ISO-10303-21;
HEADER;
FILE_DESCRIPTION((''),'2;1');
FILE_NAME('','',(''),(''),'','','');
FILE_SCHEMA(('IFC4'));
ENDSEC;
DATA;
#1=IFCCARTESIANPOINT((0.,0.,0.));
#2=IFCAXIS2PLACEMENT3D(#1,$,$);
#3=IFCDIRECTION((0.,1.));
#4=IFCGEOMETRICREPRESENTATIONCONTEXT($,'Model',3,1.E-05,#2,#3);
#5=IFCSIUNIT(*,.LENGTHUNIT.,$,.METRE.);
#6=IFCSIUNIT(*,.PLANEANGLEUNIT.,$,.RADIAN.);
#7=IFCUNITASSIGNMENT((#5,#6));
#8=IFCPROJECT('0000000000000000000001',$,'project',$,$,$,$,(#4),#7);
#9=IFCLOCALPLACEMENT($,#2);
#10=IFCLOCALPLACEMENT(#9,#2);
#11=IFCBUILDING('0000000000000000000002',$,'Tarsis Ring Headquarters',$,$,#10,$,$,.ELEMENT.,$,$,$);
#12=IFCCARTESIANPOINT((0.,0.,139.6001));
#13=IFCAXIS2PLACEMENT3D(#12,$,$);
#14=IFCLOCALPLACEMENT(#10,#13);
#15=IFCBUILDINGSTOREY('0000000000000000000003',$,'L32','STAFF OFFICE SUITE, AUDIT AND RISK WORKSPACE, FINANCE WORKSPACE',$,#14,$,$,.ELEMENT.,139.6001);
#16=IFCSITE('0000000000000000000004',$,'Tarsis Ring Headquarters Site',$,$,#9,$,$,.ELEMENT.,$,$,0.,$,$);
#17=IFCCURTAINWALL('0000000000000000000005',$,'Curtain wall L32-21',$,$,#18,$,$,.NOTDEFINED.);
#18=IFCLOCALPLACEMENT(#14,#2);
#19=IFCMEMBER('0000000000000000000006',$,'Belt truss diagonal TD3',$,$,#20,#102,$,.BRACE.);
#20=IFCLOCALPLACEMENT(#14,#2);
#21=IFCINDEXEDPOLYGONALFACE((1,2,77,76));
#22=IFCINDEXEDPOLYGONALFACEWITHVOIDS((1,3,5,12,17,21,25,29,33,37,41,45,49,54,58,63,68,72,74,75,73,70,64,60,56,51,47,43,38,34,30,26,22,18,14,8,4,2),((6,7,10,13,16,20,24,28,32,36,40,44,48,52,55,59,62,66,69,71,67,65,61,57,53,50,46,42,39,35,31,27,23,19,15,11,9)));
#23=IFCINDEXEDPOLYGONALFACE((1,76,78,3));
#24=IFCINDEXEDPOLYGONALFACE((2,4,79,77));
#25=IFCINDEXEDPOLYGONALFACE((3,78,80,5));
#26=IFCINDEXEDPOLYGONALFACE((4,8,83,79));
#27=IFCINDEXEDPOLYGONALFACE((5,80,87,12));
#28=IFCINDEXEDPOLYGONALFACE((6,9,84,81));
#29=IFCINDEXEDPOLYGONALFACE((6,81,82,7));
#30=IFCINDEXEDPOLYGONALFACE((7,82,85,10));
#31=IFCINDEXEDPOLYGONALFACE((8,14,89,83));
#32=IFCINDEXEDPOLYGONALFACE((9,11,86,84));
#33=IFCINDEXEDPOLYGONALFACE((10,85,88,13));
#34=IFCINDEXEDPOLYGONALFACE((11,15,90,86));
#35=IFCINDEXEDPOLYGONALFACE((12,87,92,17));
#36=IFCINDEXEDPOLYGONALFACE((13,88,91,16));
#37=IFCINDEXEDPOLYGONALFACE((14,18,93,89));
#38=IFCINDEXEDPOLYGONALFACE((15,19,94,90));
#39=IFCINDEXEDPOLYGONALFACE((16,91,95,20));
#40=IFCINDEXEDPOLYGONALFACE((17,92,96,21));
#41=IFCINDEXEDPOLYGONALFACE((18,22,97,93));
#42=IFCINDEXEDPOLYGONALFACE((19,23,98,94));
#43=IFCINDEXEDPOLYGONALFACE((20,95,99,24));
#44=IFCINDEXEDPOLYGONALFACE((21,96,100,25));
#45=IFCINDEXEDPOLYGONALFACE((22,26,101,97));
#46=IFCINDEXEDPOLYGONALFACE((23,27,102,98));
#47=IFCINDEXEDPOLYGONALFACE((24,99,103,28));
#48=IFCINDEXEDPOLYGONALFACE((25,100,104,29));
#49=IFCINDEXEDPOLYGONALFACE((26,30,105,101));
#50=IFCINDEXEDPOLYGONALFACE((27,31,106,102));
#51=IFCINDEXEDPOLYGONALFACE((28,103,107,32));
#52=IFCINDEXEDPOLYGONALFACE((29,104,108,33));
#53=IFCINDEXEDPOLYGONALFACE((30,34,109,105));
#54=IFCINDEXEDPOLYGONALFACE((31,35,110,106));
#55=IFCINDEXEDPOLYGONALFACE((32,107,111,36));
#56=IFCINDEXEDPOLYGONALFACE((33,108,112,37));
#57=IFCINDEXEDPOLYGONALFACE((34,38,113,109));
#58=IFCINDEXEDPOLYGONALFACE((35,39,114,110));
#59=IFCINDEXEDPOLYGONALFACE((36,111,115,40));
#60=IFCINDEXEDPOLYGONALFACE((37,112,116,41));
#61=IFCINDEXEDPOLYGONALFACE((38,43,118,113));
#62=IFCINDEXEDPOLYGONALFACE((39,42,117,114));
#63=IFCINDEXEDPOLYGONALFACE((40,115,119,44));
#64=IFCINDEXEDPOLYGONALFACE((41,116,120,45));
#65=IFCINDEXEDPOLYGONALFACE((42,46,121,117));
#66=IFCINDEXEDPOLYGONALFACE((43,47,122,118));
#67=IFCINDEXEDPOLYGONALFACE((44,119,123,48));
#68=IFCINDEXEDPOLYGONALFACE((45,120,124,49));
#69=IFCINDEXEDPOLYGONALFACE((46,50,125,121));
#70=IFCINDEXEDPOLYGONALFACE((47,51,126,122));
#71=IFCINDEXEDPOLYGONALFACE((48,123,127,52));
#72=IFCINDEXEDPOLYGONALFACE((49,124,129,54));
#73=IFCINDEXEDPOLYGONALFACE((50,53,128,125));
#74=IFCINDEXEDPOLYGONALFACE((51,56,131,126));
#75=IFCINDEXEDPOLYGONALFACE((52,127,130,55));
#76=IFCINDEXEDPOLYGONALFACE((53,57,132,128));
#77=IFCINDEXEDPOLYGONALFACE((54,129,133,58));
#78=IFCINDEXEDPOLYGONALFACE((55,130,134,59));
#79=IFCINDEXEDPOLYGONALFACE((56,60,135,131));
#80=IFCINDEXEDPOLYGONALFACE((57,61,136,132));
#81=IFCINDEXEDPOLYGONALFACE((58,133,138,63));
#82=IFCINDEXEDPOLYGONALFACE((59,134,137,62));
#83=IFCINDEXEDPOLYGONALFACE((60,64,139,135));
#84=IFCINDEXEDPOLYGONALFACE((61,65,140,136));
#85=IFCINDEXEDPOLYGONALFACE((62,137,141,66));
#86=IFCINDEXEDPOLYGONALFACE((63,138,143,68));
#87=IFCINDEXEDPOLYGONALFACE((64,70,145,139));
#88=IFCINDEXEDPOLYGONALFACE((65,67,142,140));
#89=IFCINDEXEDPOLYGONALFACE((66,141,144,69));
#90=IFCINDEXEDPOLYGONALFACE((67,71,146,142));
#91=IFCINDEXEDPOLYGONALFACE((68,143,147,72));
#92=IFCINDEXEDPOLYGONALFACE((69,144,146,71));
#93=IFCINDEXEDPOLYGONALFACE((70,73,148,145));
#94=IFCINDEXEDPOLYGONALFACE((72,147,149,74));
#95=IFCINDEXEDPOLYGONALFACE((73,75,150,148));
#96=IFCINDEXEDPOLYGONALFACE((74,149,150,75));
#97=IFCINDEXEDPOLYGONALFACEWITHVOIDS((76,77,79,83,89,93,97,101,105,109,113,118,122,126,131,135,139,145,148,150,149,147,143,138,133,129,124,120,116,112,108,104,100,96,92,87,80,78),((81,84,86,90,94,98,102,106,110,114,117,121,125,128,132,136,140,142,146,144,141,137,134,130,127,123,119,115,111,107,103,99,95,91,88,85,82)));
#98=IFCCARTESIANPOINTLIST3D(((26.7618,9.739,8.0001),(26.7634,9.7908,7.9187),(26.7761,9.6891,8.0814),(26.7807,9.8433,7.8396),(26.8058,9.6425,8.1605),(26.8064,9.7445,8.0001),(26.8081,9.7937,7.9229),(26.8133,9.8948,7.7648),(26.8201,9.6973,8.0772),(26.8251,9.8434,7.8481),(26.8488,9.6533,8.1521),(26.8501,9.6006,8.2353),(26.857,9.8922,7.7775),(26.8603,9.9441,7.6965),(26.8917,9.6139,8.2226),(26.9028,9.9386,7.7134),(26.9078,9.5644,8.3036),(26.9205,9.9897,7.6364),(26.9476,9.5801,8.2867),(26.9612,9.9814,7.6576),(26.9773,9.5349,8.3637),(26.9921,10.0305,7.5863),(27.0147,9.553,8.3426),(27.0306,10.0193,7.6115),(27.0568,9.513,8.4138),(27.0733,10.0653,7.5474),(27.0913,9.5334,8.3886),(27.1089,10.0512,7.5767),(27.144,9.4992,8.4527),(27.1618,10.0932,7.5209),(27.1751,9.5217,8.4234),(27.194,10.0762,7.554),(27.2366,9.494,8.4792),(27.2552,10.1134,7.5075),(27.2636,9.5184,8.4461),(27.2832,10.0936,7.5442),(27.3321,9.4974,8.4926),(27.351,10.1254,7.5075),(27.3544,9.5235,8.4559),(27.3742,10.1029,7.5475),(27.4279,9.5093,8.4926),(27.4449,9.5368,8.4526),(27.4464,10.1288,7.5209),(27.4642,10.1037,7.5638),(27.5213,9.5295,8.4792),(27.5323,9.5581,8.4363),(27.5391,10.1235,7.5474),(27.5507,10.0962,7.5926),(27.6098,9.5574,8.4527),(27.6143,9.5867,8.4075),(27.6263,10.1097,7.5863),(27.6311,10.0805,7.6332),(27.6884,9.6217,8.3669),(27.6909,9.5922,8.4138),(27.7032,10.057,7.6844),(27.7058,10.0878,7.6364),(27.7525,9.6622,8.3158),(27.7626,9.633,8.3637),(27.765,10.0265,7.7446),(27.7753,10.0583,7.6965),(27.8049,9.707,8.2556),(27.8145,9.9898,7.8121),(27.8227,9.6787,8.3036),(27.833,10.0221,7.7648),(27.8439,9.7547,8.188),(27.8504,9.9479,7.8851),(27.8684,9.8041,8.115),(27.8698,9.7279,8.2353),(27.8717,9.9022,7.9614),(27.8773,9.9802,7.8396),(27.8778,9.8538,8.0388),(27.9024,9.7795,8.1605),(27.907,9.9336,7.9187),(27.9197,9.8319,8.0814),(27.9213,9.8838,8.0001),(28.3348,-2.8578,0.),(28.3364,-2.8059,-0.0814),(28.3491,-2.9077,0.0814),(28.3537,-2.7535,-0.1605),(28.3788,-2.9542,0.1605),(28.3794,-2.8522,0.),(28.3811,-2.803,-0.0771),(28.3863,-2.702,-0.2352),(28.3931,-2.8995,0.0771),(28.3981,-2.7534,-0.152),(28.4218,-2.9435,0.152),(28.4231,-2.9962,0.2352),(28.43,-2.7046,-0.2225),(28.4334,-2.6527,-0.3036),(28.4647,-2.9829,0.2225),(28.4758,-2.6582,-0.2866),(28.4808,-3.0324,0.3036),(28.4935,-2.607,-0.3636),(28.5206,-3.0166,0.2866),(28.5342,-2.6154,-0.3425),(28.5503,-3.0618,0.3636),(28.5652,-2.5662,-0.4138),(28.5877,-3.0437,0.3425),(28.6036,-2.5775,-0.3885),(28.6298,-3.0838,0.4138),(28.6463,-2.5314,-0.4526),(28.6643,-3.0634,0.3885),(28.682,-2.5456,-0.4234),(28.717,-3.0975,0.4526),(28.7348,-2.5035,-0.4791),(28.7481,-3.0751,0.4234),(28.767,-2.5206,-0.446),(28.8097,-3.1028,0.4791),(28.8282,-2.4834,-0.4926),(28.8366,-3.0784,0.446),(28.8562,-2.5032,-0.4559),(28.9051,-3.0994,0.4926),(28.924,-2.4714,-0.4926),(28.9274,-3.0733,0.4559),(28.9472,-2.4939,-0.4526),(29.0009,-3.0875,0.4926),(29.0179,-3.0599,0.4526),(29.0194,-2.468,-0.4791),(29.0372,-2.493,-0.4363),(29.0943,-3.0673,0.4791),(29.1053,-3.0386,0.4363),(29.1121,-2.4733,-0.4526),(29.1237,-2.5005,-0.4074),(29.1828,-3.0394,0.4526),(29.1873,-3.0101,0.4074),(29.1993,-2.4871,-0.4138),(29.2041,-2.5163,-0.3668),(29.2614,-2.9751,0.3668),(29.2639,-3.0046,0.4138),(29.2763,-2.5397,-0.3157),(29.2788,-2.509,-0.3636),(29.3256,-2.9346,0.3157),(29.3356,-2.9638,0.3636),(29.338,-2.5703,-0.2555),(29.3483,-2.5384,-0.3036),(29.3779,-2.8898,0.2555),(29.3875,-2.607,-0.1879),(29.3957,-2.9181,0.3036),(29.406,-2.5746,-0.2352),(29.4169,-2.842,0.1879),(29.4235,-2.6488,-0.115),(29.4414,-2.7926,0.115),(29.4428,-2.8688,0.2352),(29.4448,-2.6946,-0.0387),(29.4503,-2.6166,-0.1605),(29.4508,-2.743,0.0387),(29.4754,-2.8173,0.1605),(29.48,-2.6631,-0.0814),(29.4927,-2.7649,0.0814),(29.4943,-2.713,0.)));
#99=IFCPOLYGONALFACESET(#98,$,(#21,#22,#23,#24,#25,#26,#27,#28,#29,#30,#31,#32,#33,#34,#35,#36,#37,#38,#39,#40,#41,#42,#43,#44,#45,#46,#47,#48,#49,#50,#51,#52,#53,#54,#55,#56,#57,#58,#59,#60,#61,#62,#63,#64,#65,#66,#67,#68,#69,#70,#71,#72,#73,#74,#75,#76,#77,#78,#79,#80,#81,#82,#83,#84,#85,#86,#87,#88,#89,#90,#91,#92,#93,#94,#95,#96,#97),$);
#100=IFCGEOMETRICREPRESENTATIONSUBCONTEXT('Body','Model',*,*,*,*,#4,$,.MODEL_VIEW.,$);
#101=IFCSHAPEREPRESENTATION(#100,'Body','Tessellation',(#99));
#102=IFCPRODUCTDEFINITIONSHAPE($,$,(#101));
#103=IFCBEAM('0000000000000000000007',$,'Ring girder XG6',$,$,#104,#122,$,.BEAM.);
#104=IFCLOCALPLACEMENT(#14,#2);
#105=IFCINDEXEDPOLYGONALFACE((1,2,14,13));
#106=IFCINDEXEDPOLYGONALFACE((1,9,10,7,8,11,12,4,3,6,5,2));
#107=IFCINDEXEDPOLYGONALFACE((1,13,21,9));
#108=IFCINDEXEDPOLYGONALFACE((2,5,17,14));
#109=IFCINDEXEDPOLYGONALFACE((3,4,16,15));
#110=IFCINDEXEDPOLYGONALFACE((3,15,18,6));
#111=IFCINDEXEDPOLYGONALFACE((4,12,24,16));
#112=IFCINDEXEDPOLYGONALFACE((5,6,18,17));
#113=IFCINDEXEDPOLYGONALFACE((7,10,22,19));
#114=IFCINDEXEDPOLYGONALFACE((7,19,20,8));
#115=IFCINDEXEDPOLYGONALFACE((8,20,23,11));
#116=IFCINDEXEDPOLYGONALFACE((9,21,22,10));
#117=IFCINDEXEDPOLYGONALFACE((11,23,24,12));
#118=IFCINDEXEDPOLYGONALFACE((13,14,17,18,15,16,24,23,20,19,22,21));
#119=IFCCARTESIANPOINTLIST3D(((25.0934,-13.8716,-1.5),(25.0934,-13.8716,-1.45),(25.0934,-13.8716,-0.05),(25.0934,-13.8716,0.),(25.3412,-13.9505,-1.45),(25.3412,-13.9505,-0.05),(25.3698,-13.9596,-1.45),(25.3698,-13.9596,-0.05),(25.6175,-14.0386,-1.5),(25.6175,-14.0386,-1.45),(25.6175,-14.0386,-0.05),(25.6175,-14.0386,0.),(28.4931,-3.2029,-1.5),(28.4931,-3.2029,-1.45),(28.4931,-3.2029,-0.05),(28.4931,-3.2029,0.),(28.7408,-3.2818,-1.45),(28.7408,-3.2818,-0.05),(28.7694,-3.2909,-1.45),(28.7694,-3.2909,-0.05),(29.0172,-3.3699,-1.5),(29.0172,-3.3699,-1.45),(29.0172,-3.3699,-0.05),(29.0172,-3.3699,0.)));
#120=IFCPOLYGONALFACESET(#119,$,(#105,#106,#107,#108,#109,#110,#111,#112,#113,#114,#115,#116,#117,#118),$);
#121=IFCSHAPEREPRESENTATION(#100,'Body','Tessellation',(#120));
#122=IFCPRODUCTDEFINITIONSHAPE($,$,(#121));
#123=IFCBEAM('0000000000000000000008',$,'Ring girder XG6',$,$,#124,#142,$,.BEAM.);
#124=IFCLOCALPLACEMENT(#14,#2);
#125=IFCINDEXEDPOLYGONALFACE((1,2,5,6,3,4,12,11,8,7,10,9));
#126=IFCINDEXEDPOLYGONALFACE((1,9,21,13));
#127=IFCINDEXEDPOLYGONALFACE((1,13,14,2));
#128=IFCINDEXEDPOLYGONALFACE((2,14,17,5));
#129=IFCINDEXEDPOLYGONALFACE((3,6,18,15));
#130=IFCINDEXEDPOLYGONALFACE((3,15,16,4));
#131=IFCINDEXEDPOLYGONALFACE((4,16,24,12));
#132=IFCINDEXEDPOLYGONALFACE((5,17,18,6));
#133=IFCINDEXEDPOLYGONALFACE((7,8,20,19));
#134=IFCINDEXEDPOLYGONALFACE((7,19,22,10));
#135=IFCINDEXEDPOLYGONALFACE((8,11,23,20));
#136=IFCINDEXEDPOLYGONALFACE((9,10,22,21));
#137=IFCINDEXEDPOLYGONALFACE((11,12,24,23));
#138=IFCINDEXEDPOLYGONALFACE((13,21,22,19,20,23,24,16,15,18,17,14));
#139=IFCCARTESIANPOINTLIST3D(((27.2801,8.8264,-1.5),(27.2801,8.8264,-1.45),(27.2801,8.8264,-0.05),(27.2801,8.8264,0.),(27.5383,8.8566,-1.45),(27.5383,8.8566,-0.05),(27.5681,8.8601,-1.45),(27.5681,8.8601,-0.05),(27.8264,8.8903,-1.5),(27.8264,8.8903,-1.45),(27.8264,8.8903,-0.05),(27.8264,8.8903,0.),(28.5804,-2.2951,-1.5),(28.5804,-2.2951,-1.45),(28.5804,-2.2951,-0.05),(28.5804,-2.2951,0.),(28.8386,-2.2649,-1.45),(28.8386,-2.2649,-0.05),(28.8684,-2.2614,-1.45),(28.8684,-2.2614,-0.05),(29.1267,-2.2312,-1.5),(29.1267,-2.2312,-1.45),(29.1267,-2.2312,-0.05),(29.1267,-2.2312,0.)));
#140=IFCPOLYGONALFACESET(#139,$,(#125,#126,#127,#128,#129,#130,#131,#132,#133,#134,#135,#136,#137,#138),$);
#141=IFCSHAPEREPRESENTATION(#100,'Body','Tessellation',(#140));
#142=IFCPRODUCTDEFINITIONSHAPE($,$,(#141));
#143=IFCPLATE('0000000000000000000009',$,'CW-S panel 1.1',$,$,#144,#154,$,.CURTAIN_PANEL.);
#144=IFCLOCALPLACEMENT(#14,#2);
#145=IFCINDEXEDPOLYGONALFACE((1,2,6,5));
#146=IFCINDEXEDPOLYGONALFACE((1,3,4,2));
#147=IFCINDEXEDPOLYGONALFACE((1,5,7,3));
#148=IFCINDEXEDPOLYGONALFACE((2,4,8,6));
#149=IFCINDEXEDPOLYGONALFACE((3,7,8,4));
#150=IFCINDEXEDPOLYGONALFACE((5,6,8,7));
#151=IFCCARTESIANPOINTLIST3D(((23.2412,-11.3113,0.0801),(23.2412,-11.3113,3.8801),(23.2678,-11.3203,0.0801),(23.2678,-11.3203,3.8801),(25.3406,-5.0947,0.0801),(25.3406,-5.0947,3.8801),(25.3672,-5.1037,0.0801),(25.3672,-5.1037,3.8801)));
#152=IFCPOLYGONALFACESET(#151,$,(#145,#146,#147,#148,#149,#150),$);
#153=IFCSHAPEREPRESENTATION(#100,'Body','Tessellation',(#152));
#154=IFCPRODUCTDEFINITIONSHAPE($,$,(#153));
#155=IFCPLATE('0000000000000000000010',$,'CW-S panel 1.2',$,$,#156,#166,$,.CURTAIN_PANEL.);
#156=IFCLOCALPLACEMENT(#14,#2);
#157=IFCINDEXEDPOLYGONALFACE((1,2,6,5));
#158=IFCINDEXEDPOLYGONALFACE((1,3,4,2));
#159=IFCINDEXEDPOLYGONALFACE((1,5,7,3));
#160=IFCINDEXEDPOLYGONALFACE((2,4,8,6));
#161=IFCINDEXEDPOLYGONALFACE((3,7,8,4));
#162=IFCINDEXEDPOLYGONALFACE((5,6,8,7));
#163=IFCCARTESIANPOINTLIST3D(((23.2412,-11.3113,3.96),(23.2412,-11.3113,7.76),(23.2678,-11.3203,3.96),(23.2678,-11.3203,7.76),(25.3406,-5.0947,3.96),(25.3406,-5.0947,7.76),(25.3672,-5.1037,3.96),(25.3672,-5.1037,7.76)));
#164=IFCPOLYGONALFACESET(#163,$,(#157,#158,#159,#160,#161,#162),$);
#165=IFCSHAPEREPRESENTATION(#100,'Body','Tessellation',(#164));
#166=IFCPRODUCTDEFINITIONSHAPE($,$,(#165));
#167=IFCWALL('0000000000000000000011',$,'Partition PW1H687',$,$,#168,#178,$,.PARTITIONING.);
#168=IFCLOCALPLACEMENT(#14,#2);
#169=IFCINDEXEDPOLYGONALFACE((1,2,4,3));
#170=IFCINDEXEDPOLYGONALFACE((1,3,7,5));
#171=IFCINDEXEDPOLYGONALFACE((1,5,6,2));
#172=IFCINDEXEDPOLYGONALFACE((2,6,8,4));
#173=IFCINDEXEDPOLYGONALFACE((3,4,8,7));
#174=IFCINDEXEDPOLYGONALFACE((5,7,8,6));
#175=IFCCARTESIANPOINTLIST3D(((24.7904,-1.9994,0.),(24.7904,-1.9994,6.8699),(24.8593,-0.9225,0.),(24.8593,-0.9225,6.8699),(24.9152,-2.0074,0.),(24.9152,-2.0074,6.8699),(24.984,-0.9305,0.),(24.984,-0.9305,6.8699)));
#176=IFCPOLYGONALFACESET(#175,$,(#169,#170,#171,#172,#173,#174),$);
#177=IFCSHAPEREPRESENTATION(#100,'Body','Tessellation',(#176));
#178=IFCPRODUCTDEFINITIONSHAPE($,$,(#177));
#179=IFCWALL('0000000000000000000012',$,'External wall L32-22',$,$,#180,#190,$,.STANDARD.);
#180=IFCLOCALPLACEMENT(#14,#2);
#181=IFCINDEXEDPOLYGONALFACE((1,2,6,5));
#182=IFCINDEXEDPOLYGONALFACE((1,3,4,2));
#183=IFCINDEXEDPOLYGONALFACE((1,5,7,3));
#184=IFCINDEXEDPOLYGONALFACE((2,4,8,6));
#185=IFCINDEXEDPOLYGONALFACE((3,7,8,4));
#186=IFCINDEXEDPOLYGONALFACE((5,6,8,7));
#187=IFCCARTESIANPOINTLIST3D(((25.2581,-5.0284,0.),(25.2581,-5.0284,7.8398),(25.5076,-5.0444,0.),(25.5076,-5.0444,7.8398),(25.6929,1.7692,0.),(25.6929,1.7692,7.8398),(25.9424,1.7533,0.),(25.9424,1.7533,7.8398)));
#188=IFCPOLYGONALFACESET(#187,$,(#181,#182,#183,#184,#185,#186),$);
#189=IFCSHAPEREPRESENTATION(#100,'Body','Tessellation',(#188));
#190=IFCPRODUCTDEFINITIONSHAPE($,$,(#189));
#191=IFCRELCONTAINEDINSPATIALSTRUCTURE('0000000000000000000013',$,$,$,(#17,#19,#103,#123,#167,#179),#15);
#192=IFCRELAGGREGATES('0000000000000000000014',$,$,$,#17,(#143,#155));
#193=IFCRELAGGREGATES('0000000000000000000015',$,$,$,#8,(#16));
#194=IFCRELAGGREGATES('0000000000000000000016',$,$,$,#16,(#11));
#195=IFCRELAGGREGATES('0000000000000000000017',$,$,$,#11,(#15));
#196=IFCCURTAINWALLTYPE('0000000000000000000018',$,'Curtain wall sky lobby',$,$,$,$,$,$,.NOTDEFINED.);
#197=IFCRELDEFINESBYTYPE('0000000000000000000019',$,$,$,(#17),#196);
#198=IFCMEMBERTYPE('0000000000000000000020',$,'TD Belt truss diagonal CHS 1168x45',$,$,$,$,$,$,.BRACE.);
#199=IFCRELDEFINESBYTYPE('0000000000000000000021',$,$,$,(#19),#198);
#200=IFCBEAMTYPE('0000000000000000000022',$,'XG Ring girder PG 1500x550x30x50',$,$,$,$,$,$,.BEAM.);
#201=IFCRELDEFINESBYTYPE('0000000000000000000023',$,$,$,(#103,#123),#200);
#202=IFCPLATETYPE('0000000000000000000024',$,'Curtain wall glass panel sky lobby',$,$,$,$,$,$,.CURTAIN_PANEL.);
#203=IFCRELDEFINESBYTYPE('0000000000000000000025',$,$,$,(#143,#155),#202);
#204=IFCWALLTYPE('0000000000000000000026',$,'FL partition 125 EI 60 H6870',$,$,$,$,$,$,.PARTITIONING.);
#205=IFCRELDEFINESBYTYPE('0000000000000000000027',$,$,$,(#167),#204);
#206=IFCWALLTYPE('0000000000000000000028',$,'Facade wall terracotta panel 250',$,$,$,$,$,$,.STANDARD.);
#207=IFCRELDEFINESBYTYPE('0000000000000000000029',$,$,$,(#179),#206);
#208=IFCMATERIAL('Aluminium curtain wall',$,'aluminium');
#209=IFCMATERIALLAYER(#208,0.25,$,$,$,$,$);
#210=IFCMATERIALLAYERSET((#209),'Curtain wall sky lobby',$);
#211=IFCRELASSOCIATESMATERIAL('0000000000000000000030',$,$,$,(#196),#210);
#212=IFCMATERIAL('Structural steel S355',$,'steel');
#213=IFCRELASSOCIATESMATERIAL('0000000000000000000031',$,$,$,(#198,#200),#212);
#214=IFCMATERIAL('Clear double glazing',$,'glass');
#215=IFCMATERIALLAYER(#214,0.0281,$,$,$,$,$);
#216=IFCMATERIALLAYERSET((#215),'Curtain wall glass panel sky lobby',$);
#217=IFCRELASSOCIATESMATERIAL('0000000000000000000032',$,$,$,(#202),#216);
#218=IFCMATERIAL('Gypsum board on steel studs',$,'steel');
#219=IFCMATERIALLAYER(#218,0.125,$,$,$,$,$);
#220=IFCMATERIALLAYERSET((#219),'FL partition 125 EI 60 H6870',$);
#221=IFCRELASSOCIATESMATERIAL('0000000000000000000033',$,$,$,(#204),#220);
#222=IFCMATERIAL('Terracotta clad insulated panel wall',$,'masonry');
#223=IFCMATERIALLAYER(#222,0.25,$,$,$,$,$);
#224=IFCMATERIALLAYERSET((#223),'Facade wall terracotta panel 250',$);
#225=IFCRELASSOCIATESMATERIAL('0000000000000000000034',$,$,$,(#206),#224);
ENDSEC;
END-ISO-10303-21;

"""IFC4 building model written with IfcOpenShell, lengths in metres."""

from ifc_helpers import new_model, si_unit, direction, frame, frame_2d, origin, origin_2d, place, context, subcontext, project, spatial, rectangle, hollow_circle, i_section, extrude, material, layer, layer_set, material_profile, profile_set, type_object, element, aggregate, save


model = new_model("IFC4")

# Units and contexts
model_context = context("Model", 3, precision=1e-05, world=origin(), true_north=direction((0.0, 1.0)))
body_context = subcontext(model_context, "Body", "Model", "MODEL_VIEW")
ifc_project = project(units=[si_unit("LENGTHUNIT", "METRE"), si_unit("PLANEANGLEUNIT", "RADIAN")], contexts=[model_context])

# Site, building, storey
site_placement = place(None, origin())
site = spatial("IfcSite", under=ifc_project, at=site_placement, Name="Tarsis Ring Headquarters Site", CompositionType="ELEMENT", RefElevation=0.0)
building_placement = place(site_placement, origin())
building = spatial("IfcBuilding", under=site, at=building_placement, Name="Tarsis Ring Headquarters", CompositionType="ELEMENT")
storey_placement = place(building_placement, frame((0.0, 0.0, 139.6001)))
storey = spatial("IfcBuildingStorey", under=building, at=storey_placement, Name="L32", Description="STAFF OFFICE SUITE, AUDIT AND RISK WORKSPACE, FINANCE WORKSPACE", CompositionType="ELEMENT", Elevation=139.6001)

# Shared definitions
ifc_material_1 = material(Name="Structural steel S355", Category="steel")
ifc_material_profile_1 = material_profile(ifc_material_1, hollow_circle(Radius=0.5842, WallThickness=0.0449, at=origin_2d()), Name="CHS 1168x45")
ifc_profile_set_1 = profile_set([ifc_material_profile_1], Name="Structural steel S355")

# Curtain wall
ifc_material_2 = material(Name="Aluminium curtain wall", Category="aluminium")
ifc_layer_1 = layer(ifc_material_2, 0.25)
ifc_layer_set_1 = layer_set([ifc_layer_1], Name="Curtain wall sky lobby")
curtain_wall_type = type_object("IfcCurtainWallType", Name="Curtain wall sky lobby", PredefinedType="NOTDEFINED", material=ifc_layer_set_1)
curtain_wall_placement = place(storey_placement, origin())
curtain_wall = element("IfcCurtainWall", 1, at=curtain_wall_placement, inside=storey, type_object=curtain_wall_type, Name="Curtain wall L32-21", PredefinedType="NOTDEFINED")

# Member
member_type_1 = type_object("IfcMemberType", Name="TD Belt truss diagonal CHS 1168x45", PredefinedType="BRACE", material=ifc_profile_set_1)
member_1_placement = place(storey_placement, frame((28.9146, -2.7854, 0.0), z_axis=(-0.104831, 0.839498, 0.533155), x_axis=(-0.992293, -0.123912, 0.0)))
element("IfcMember", 2, at=member_1_placement, inside=storey, type_object=member_type_1, Name="Belt truss diagonal TD3", PredefinedType="BRACE", context=body_context, shape_type="SweptSolid", body=[
    extrude(hollow_circle(Radius=0.5842, WallThickness=0.0449, at=origin_2d()), origin(), (0.0, 0.0, 1.0), 15.0051),
])

# Beams
ifc_material_profile_2 = material_profile(ifc_material_1, i_section(OverallWidth=0.55, OverallDepth=1.5, WebThickness=0.03, FlangeThickness=0.05, at=origin_2d()), Name="PG 1500x550x30x50")
ifc_profile_set_2 = profile_set([ifc_material_profile_2], Name="Structural steel S355")
beam_type = type_object("IfcBeamType", Name="XG Ring girder PG 1500x550x30x50", PredefinedType="BEAM", material=ifc_profile_set_2)
for number, where, z_axis, x_axis, name in (
    (3, (25.3555, -13.9551, -0.75), (0.303615, 0.952795, 0.0), (-0.952795, 0.303615, 0.0), "Ring girder XG6"),
    (4, (28.8535, -2.2632, -0.75), (-0.116125, 0.993235, 0.0), (-0.993235, -0.116125, 0.0), "Ring girder XG6"),
):
    element("IfcBeam", number, at=place(storey_placement, frame(where, z_axis=z_axis, x_axis=x_axis)), inside=storey, type_object=beam_type, Name=name, PredefinedType="BEAM", context=body_context, shape_type="SweptSolid", body=[
        extrude(i_section(OverallWidth=0.55, OverallDepth=1.5, WebThickness=0.03, FlangeThickness=0.05, at=origin_2d()), origin(), (0.0, 0.0, 1.0), 11.1973),
    ])

# Plates
ifc_material_3 = material(Name="Clear double glazing", Category="glass")
ifc_layer_2 = layer(ifc_material_3, 0.0281)
ifc_layer_set_2 = layer_set([ifc_layer_2], Name="Curtain wall glass panel sky lobby")
plate_type = type_object("IfcPlateType", Name="Curtain wall glass panel sky lobby", PredefinedType="CURTAIN_PANEL", material=ifc_layer_set_2)
plate_1_placement = place(storey_placement, frame((24.3042, -8.2075, 0.0801), z_axis=(0.0, 0.0, 1.0), x_axis=(0.319952, 0.947434, 0.0)))
plate_1 = element("IfcPlate", 5, at=plate_1_placement, type_object=plate_type, Name="CW-S panel 1.1", PredefinedType="CURTAIN_PANEL", context=body_context, shape_type="SweptSolid", body=[
    extrude(rectangle(XDim=6.5615, YDim=0.0281, at=origin_2d()), origin(), (0.0, 0.0, 1.0), 3.8),
])
plate_2_placement = place(storey_placement, frame((24.3042, -8.2075, 3.96), z_axis=(0.0, 0.0, 1.0), x_axis=(0.319952, 0.947434, 0.0)))
plate_2 = element("IfcPlate", 6, at=plate_2_placement, type_object=plate_type, Name="CW-S panel 1.2", PredefinedType="CURTAIN_PANEL", context=body_context, shape_type="SweptSolid", body=[
    extrude(rectangle(XDim=6.5615, YDim=0.0281, at=origin_2d()), origin(), (0.0, 0.0, 1.0), 3.8),
])
aggregate(curtain_wall, [plate_1, plate_2])

# Walls
ifc_material_4 = material(Name="Gypsum board on steel studs", Category="steel")
ifc_layer_3 = layer(ifc_material_4, 0.125)
ifc_layer_set_3 = layer_set([ifc_layer_3], Name="FL partition 125 EI 60 H6870")
wall_type_1 = type_object("IfcWallType", Name="FL partition 125 EI 60 H6870", PredefinedType="PARTITIONING", material=ifc_layer_set_3)
wall_1_placement = place(storey_placement, frame((24.8528, -2.0034, 0.0), z_axis=(0.0, 0.0, 1.0), x_axis=(0.063801, 0.997963, 0.0)))
element("IfcWall", 7, at=wall_1_placement, inside=storey, type_object=wall_type_1, Name="Partition PW1H687", PredefinedType="PARTITIONING", context=body_context, shape_type="SweptSolid", body=[
    extrude(rectangle(XDim=1.0791, YDim=0.125, at=frame_2d((0.5396, 0.0))), origin(), (0.0, 0.0, 1.0), 6.8699),
])
ifc_material_5 = material(Name="Terracotta clad insulated panel wall", Category="masonry")
ifc_layer_4 = layer(ifc_material_5, 0.25)
ifc_layer_set_4 = layer_set([ifc_layer_4], Name="Facade wall terracotta panel 250")
wall_type_2 = type_object("IfcWallType", Name="Facade wall terracotta panel 250", PredefinedType="STANDARD", material=ifc_layer_set_4)
wall_2_placement = place(storey_placement, frame((25.3828, -5.0364, 0.0), z_axis=(0.0, 0.0, 1.0), x_axis=(0.063835, 0.99796, 0.0)))
element("IfcWall", 8, at=wall_2_placement, inside=storey, type_object=wall_type_2, Name="External wall L32-22", PredefinedType="STANDARD", context=body_context, shape_type="SweptSolid", body=[
    extrude(rectangle(XDim=6.8115, YDim=0.25, at=frame_2d((3.4058, 0.0))), origin(), (0.0, 0.0, 1.0), 7.8398),
])

save(model, "model.ifc")
